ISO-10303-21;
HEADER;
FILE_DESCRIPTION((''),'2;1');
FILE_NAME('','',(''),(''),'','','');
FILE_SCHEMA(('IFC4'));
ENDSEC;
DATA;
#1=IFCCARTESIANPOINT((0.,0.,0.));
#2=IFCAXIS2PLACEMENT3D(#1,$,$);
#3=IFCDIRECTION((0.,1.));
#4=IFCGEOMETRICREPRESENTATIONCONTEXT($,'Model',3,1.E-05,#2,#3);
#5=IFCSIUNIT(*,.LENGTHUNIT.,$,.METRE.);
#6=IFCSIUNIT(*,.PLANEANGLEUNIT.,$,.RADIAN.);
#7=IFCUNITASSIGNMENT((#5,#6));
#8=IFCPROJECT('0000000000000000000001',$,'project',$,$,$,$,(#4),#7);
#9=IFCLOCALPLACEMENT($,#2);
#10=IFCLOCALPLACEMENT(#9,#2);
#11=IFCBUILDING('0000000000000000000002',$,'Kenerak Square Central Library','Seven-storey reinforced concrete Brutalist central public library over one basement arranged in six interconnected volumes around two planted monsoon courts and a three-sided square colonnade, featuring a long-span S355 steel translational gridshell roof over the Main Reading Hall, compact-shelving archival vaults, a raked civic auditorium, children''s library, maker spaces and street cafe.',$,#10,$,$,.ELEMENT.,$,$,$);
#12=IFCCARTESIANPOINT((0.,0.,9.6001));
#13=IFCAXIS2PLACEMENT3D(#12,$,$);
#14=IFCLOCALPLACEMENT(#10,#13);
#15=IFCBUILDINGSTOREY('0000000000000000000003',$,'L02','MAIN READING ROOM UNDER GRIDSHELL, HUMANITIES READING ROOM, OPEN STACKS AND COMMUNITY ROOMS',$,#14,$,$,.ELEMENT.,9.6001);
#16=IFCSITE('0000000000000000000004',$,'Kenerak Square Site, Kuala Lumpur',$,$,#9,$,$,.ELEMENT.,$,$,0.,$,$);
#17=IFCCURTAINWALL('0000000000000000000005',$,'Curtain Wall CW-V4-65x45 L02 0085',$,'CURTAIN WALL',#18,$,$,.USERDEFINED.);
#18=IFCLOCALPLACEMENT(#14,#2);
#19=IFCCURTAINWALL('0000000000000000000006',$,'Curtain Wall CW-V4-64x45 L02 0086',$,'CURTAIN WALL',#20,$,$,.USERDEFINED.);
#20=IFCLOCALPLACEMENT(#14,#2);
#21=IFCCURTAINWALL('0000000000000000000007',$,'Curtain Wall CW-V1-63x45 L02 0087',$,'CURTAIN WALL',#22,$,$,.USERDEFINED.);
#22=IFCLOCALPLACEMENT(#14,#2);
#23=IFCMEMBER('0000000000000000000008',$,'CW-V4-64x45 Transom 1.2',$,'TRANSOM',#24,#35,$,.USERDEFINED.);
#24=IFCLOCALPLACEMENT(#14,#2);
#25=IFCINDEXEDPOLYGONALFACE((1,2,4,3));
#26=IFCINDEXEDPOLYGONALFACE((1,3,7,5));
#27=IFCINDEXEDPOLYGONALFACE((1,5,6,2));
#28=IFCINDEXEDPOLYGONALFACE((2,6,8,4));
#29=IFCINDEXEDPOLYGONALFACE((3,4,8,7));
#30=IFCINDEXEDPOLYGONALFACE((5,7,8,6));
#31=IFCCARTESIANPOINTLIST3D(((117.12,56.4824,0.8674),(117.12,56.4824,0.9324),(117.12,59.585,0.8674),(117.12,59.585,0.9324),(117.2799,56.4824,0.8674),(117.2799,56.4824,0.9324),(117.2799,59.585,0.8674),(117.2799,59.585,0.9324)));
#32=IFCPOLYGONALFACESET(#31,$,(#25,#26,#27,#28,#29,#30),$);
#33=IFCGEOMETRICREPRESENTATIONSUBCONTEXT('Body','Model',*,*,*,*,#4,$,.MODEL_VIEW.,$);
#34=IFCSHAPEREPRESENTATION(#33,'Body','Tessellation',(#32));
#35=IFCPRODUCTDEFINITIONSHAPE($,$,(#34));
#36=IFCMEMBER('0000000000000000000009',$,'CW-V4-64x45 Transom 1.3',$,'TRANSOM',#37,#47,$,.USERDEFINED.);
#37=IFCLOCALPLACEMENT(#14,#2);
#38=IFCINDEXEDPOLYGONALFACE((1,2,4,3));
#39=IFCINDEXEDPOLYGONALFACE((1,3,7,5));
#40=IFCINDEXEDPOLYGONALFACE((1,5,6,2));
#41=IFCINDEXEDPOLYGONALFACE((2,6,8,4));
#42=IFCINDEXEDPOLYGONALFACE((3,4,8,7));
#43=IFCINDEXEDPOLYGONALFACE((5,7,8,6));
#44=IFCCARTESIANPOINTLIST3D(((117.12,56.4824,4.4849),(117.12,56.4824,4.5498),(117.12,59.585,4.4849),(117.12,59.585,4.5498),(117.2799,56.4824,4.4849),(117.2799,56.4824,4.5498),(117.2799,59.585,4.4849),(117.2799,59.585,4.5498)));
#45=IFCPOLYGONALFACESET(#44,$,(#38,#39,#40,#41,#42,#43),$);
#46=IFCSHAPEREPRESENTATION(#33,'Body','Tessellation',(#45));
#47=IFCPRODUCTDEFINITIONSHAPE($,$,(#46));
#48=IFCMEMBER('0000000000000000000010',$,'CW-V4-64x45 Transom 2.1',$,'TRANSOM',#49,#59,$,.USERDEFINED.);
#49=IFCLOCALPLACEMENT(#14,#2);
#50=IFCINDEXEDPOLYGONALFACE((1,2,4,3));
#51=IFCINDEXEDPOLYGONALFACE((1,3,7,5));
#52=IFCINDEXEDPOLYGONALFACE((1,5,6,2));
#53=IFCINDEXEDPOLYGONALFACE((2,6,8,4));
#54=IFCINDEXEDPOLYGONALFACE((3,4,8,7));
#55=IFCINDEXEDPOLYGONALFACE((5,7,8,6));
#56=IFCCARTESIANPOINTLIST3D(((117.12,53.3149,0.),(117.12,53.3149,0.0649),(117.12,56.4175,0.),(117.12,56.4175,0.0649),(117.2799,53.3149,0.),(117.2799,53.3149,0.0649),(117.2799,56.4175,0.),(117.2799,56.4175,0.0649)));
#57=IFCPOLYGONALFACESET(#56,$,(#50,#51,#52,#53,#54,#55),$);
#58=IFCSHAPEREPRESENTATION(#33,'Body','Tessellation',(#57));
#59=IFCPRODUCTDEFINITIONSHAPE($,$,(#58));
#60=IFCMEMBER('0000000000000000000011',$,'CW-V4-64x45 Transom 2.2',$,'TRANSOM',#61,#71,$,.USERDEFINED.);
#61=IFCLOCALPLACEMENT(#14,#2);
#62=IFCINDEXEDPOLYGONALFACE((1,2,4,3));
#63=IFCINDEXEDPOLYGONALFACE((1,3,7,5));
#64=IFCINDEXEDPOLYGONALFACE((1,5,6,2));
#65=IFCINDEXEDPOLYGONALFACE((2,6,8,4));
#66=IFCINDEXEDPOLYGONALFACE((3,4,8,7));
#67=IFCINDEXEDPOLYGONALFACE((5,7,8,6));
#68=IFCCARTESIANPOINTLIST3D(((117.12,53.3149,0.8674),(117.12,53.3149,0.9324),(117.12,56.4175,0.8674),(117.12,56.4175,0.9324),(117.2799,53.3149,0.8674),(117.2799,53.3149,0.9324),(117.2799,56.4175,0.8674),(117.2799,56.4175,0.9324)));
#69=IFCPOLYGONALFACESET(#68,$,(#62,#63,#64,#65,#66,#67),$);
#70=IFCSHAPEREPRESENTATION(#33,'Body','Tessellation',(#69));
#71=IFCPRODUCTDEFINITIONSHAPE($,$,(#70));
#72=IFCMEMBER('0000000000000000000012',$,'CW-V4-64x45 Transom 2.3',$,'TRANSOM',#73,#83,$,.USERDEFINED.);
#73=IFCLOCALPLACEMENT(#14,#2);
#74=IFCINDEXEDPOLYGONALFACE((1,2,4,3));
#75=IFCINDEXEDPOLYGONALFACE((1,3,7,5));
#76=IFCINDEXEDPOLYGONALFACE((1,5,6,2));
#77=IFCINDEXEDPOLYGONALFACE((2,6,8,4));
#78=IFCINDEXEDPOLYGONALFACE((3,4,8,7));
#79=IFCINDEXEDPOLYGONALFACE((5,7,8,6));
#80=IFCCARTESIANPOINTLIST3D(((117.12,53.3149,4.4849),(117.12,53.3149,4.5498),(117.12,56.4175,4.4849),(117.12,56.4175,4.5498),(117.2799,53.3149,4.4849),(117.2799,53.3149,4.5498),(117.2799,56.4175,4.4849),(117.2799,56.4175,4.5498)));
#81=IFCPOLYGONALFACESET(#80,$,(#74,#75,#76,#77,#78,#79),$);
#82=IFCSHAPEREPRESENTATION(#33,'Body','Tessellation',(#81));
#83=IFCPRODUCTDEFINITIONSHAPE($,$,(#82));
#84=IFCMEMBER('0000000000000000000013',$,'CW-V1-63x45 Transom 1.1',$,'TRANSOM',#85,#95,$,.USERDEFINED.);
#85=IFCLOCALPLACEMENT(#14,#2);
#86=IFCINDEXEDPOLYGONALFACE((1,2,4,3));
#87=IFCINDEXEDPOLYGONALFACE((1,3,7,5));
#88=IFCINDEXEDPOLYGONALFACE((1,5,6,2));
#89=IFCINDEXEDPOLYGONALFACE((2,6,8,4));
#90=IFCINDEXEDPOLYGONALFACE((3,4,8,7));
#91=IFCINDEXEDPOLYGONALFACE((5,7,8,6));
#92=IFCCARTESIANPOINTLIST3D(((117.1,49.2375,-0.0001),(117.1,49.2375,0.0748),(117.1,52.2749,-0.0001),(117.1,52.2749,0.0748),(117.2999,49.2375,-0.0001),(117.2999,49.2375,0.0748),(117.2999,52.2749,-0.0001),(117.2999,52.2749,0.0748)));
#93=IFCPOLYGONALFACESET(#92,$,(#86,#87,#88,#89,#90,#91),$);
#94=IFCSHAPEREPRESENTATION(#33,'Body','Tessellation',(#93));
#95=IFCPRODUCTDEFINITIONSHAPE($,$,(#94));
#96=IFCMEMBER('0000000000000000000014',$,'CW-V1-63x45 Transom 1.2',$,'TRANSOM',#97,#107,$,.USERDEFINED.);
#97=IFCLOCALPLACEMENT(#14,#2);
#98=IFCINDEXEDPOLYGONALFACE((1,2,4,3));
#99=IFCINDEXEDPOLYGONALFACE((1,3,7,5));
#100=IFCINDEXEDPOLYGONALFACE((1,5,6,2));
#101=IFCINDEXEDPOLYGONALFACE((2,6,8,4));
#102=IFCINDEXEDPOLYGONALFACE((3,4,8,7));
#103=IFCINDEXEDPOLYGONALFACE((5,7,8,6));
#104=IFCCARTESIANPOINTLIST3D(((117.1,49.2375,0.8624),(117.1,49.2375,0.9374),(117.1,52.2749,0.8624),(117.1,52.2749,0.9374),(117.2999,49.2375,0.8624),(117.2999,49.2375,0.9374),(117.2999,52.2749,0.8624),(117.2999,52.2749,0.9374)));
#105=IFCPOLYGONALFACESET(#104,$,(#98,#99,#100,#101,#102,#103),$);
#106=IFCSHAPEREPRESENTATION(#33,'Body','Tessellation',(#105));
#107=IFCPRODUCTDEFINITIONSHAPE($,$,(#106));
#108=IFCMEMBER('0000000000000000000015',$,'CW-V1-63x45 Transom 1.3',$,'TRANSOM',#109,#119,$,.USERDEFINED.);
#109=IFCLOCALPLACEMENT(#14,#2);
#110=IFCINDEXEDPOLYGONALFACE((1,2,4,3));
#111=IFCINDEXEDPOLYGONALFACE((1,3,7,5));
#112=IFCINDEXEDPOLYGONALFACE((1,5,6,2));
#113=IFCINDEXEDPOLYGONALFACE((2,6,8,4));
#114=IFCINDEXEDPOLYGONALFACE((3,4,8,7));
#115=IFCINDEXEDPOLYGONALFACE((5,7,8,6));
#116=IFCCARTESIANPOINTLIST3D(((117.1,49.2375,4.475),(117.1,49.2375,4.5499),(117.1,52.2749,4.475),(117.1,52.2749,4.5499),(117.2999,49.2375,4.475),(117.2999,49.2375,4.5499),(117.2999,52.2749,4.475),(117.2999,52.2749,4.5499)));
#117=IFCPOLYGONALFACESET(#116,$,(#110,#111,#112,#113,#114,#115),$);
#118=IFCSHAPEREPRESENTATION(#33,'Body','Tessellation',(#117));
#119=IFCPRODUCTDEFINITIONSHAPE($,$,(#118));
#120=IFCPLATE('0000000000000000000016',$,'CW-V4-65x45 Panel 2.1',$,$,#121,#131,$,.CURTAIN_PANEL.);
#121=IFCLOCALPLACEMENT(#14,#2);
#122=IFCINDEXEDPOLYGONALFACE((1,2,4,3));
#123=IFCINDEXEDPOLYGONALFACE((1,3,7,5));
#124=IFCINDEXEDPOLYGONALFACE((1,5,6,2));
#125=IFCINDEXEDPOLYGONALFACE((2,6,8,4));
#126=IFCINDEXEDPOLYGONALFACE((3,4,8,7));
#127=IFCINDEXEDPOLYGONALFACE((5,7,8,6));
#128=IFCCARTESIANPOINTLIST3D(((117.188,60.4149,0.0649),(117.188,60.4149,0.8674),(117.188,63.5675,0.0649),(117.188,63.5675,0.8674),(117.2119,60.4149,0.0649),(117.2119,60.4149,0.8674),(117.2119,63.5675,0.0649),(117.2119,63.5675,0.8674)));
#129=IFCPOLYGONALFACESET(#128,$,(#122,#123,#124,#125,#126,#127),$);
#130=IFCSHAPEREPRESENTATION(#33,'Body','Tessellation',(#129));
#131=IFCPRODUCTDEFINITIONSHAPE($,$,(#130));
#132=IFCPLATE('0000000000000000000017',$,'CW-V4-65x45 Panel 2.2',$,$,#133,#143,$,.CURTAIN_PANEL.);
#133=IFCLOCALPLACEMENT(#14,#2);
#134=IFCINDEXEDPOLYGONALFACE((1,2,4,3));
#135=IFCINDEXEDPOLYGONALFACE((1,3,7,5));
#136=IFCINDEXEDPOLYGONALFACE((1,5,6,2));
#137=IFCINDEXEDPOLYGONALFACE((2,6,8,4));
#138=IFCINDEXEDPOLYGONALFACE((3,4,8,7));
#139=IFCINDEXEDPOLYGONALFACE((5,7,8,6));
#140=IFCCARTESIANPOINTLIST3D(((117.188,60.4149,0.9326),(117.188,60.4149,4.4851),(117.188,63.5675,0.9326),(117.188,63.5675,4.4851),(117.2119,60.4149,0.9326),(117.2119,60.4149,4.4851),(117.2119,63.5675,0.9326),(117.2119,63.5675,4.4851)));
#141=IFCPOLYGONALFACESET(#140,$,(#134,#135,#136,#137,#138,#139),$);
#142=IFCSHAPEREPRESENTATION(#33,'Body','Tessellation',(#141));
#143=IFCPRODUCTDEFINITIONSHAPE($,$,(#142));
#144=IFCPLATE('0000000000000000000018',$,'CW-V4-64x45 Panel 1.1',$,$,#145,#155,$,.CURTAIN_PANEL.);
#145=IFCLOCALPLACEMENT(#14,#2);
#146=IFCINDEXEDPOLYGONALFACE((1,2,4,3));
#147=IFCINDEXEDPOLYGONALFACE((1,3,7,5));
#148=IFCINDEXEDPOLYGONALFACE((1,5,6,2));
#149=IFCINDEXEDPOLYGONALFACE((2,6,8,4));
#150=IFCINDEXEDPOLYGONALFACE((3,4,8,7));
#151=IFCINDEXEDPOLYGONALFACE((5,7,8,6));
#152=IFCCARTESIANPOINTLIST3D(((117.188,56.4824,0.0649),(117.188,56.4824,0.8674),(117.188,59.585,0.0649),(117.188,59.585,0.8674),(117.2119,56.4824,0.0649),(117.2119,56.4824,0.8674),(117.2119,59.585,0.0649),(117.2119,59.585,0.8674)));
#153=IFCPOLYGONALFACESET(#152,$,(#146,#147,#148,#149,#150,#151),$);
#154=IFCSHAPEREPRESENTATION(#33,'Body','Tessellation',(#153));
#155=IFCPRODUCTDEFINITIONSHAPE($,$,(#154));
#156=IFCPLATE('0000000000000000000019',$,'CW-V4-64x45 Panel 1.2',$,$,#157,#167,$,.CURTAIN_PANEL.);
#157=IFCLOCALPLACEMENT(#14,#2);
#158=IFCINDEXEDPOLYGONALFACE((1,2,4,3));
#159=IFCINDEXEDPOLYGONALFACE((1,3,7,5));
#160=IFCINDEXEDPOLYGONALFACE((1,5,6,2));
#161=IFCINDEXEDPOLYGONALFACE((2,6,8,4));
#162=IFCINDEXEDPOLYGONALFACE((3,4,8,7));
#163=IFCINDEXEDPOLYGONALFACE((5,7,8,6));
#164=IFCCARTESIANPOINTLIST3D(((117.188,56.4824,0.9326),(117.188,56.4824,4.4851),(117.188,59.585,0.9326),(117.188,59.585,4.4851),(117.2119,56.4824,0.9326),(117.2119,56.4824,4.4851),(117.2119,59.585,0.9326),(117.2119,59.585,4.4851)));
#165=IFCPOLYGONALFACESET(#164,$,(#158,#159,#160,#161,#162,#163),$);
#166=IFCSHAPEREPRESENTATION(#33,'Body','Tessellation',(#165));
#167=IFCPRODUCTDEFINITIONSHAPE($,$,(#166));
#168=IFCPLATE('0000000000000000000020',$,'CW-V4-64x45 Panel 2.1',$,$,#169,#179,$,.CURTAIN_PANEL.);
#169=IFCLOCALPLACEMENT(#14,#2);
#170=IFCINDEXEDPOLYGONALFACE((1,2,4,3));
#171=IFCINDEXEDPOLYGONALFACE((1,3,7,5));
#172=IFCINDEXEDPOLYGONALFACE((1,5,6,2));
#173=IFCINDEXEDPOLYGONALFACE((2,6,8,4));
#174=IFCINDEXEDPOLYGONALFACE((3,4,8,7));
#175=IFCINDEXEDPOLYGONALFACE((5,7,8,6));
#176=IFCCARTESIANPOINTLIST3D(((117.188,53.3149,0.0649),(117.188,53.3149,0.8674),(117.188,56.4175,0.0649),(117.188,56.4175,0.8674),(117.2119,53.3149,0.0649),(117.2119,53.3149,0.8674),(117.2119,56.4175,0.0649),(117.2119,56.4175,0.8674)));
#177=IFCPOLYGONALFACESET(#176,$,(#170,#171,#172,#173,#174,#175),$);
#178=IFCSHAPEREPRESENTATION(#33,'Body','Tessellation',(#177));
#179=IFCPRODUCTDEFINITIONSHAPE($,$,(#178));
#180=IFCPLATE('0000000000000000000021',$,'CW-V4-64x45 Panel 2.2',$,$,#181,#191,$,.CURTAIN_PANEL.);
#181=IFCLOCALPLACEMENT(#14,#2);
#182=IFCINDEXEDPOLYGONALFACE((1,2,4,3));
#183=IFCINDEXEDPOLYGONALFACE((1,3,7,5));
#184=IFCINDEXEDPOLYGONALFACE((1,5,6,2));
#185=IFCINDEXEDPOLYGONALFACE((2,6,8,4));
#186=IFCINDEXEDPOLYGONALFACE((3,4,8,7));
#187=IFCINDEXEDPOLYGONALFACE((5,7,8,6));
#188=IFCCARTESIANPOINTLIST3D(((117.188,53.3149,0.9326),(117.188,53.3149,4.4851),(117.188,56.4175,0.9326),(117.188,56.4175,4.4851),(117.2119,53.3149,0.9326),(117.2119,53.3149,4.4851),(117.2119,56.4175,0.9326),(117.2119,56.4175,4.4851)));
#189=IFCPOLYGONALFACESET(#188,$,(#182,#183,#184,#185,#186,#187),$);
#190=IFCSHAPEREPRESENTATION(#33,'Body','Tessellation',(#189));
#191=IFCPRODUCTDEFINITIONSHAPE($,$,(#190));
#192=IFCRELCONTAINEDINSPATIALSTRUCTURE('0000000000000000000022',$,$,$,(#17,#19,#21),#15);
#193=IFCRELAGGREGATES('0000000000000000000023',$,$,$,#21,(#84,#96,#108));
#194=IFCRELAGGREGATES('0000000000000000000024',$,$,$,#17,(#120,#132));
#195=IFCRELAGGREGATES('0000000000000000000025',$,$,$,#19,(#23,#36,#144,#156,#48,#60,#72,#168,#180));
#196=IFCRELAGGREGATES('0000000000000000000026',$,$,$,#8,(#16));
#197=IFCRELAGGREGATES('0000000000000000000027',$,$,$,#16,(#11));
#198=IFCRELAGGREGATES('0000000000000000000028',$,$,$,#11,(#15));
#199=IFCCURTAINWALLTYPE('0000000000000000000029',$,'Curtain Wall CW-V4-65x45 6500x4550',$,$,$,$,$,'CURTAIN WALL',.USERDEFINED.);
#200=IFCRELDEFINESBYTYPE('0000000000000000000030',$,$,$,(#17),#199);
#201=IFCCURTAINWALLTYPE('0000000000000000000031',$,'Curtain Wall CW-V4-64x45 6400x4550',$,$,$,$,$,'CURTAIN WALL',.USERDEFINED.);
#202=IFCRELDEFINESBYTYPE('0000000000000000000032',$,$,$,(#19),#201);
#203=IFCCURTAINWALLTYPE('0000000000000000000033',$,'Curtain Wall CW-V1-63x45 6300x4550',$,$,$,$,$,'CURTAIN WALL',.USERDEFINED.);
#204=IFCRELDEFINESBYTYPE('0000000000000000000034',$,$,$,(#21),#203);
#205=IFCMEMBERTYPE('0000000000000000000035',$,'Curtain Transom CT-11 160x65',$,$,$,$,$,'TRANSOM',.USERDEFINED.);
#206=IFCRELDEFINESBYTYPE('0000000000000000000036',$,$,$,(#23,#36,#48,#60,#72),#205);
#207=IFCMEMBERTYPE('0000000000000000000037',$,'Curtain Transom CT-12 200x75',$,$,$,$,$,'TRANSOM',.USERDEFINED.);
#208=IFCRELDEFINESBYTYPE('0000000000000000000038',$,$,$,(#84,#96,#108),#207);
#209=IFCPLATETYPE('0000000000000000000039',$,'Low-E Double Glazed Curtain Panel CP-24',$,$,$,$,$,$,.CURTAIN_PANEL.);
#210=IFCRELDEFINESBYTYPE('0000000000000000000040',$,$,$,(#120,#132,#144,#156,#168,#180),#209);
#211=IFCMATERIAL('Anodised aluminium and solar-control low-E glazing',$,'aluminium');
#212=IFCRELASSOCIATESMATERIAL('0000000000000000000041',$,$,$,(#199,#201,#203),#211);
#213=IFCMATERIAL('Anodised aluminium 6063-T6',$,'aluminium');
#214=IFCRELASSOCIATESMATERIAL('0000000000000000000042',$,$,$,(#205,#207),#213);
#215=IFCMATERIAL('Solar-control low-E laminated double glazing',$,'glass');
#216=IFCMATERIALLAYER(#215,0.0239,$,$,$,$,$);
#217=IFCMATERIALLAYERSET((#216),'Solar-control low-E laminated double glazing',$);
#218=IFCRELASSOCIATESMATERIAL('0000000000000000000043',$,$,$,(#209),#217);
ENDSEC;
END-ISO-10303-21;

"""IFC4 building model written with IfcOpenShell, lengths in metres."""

from ifc_helpers import new_model, si_unit, direction, frame, origin, origin_2d, place, context, subcontext, project, spatial, rectangle, extrude, material, layer, layer_set, material_profile, profile_set, type_object, element, aggregate, save


model = new_model("IFC4")

# Units and contexts
model_context = context("Model", 3, precision=1e-05, world=origin(), true_north=direction((0.0, 1.0)))
body_context = subcontext(model_context, "Body", "Model", "MODEL_VIEW")
ifc_project = project(units=[si_unit("LENGTHUNIT", "METRE"), si_unit("PLANEANGLEUNIT", "RADIAN")], contexts=[model_context])

# Site, building, storey
site_placement = place(None, origin())
site = spatial("IfcSite", under=ifc_project, at=site_placement, Name="Kenerak Square Site, Kuala Lumpur", CompositionType="ELEMENT", RefElevation=0.0)
building_placement = place(site_placement, origin())
building = spatial("IfcBuilding", under=site, at=building_placement, Name="Kenerak Square Central Library", Description="Seven-storey reinforced concrete Brutalist central public library over one basement arranged in six interconnected volumes around two planted monsoon courts and a three-sided square colonnade, featuring a long-span S355 steel translational gridshell roof over the Main Reading Hall, compact-shelving archival vaults, a raked civic auditorium, children's library, maker spaces and street cafe.", CompositionType="ELEMENT")
storey_placement = place(building_placement, frame((0.0, 0.0, 9.6001)))
storey = spatial("IfcBuildingStorey", under=building, at=storey_placement, Name="L02", Description="MAIN READING ROOM UNDER GRIDSHELL, HUMANITIES READING ROOM, OPEN STACKS AND COMMUNITY ROOMS", CompositionType="ELEMENT", Elevation=9.6001)

# Curtain walls
ifc_material_1 = material(Name="Anodised aluminium and solar-control low-E glazing", Category="aluminium")
curtain_wall_type_1 = type_object("IfcCurtainWallType", Name="Curtain Wall CW-V4-65x45 6500x4550", ElementType="CURTAIN WALL", PredefinedType="USERDEFINED", material=ifc_material_1)
curtain_wall_1_placement = place(storey_placement, origin())
curtain_wall_1 = element("IfcCurtainWall", 1, at=curtain_wall_1_placement, inside=storey, type_object=curtain_wall_type_1, Name="Curtain Wall CW-V4-65x45 L02 0085", ObjectType="CURTAIN WALL", PredefinedType="USERDEFINED")
ifc_material_2 = material(Name="Anodised aluminium 6063-T6", Category="aluminium")
curtain_wall_type_2 = type_object("IfcCurtainWallType", Name="Curtain Wall CW-V4-64x45 6400x4550", ElementType="CURTAIN WALL", PredefinedType="USERDEFINED", material=ifc_material_1)
curtain_wall_2_placement = place(storey_placement, origin())
curtain_wall_2 = element("IfcCurtainWall", 2, at=curtain_wall_2_placement, inside=storey, type_object=curtain_wall_type_2, Name="Curtain Wall CW-V4-64x45 L02 0086", ObjectType="CURTAIN WALL", PredefinedType="USERDEFINED")

# Curtain wall
curtain_wall_type_3 = type_object("IfcCurtainWallType", Name="Curtain Wall CW-V1-63x45 6300x4550", ElementType="CURTAIN WALL", PredefinedType="USERDEFINED", material=ifc_material_1)
curtain_wall_3_placement = place(storey_placement, origin())
curtain_wall_3 = element("IfcCurtainWall", 3, at=curtain_wall_3_placement, inside=storey, type_object=curtain_wall_type_3, Name="Curtain Wall CW-V1-63x45 L02 0087", ObjectType="CURTAIN WALL", PredefinedType="USERDEFINED")

# Members
ifc_material_profile_1 = material_profile(ifc_material_2, rectangle(XDim=0.1599, YDim=0.0649, at=origin_2d()), Name="AL TRANSOM 160x65")
ifc_profile_set_1 = profile_set([ifc_material_profile_1], Name="Anodised aluminium 6063-T6")
member_type_1 = type_object("IfcMemberType", Name="Curtain Transom CT-11 160x65", ElementType="TRANSOM", PredefinedType="USERDEFINED", material=ifc_profile_set_1)
member_1_placement = place(storey_placement, frame((117.2, 59.585, 0.8999), z_axis=(0.0, -1.0, 0.0), x_axis=(1.0, 0.0, 0.0)))
member_1 = element("IfcMember", 4, at=member_1_placement, type_object=member_type_1, Name="CW-V4-64x45 Transom 1.2", ObjectType="TRANSOM", PredefinedType="USERDEFINED", context=body_context, shape_type="SweptSolid", body=[
    extrude(rectangle(XDim=0.1599, YDim=0.0649, at=origin_2d()), origin(), (0.0, 0.0, 1.0), 3.1025),
])
member_2_placement = place(storey_placement, frame((117.2, 59.585, 4.5173), z_axis=(0.0, -1.0, 0.0), x_axis=(1.0, 0.0, 0.0)))
member_2 = element("IfcMember", 5, at=member_2_placement, type_object=member_type_1, Name="CW-V4-64x45 Transom 1.3", ObjectType="TRANSOM", PredefinedType="USERDEFINED", context=body_context, shape_type="SweptSolid", body=[
    extrude(rectangle(XDim=0.1599, YDim=0.0649, at=origin_2d()), origin(), (0.0, 0.0, 1.0), 3.1025),
])
member_3_placement = place(storey_placement, frame((117.2, 56.4175, 0.0325), z_axis=(0.0, -1.0, 0.0), x_axis=(1.0, 0.0, 0.0)))
member_3 = element("IfcMember", 6, at=member_3_placement, type_object=member_type_1, Name="CW-V4-64x45 Transom 2.1", ObjectType="TRANSOM", PredefinedType="USERDEFINED", context=body_context, shape_type="SweptSolid", body=[
    extrude(rectangle(XDim=0.1599, YDim=0.0649, at=origin_2d()), origin(), (0.0, 0.0, 1.0), 3.1025),
])
member_4_placement = place(storey_placement, frame((117.2, 56.4175, 0.8999), z_axis=(0.0, -1.0, 0.0), x_axis=(1.0, 0.0, 0.0)))
member_4 = element("IfcMember", 7, at=member_4_placement, type_object=member_type_1, Name="CW-V4-64x45 Transom 2.2", ObjectType="TRANSOM", PredefinedType="USERDEFINED", context=body_context, shape_type="SweptSolid", body=[
    extrude(rectangle(XDim=0.1599, YDim=0.0649, at=origin_2d()), origin(), (0.0, 0.0, 1.0), 3.1025),
])
member_5_placement = place(storey_placement, frame((117.2, 56.4175, 4.5173), z_axis=(0.0, -1.0, 0.0), x_axis=(1.0, 0.0, 0.0)))
member_5 = element("IfcMember", 8, at=member_5_placement, type_object=member_type_1, Name="CW-V4-64x45 Transom 2.3", ObjectType="TRANSOM", PredefinedType="USERDEFINED", context=body_context, shape_type="SweptSolid", body=[
    extrude(rectangle(XDim=0.1599, YDim=0.0649, at=origin_2d()), origin(), (0.0, 0.0, 1.0), 3.1025),
])
ifc_material_profile_2 = material_profile(ifc_material_2, rectangle(XDim=0.2, YDim=0.075, at=origin_2d()), Name="AL TRANSOM 200x75")
ifc_profile_set_2 = profile_set([ifc_material_profile_2], Name="Anodised aluminium 6063-T6")
member_type_2 = type_object("IfcMemberType", Name="Curtain Transom CT-12 200x75", ElementType="TRANSOM", PredefinedType="USERDEFINED", material=ifc_profile_set_2)
member_6_placement = place(storey_placement, frame((117.2, 52.2749, 0.0374), z_axis=(0.0, -1.0, 0.0), x_axis=(1.0, 0.0, 0.0)))
member_6 = element("IfcMember", 9, at=member_6_placement, type_object=member_type_2, Name="CW-V1-63x45 Transom 1.1", ObjectType="TRANSOM", PredefinedType="USERDEFINED", context=body_context, shape_type="SweptSolid", body=[
    extrude(rectangle(XDim=0.2, YDim=0.075, at=origin_2d()), origin(), (0.0, 0.0, 1.0), 3.0374),
])
member_7_placement = place(storey_placement, frame((117.2, 52.2749, 0.8999), z_axis=(0.0, -1.0, 0.0), x_axis=(1.0, 0.0, 0.0)))
member_7 = element("IfcMember", 10, at=member_7_placement, type_object=member_type_2, Name="CW-V1-63x45 Transom 1.2", ObjectType="TRANSOM", PredefinedType="USERDEFINED", context=body_context, shape_type="SweptSolid", body=[
    extrude(rectangle(XDim=0.2, YDim=0.075, at=origin_2d()), origin(), (0.0, 0.0, 1.0), 3.0374),
])
member_8_placement = place(storey_placement, frame((117.2, 52.2749, 4.5125), z_axis=(0.0, -1.0, 0.0), x_axis=(1.0, 0.0, 0.0)))
member_8 = element("IfcMember", 11, at=member_8_placement, type_object=member_type_2, Name="CW-V1-63x45 Transom 1.3", ObjectType="TRANSOM", PredefinedType="USERDEFINED", context=body_context, shape_type="SweptSolid", body=[
    extrude(rectangle(XDim=0.2, YDim=0.075, at=origin_2d()), origin(), (0.0, 0.0, 1.0), 3.0374),
])
aggregate(curtain_wall_3, [member_6, member_7, member_8])

# Plates
ifc_material_3 = material(Name="Solar-control low-E laminated double glazing", Category="glass")
ifc_layer = layer(ifc_material_3, 0.0239)
ifc_layer_set = layer_set([ifc_layer], Name="Solar-control low-E laminated double glazing")
plate_type = type_object("IfcPlateType", Name="Low-E Double Glazed Curtain Panel CP-24", PredefinedType="CURTAIN_PANEL", material=ifc_layer_set)
plate_1_placement = place(storey_placement, frame((117.2, 61.9912, 0.0649), z_axis=(0.0, 0.0, 1.0), x_axis=(0.0, -1.0, 0.0)))
plate_1 = element("IfcPlate", 12, at=plate_1_placement, type_object=plate_type, Name="CW-V4-65x45 Panel 2.1", PredefinedType="CURTAIN_PANEL", context=body_context, shape_type="SweptSolid", body=[
    extrude(rectangle(XDim=3.1526, YDim=0.0239, at=origin_2d()), origin(), (0.0, 0.0, 1.0), 0.8025),
])
plate_2_placement = place(storey_placement, frame((117.2, 61.9912, 0.9326), z_axis=(0.0, 0.0, 1.0), x_axis=(0.0, -1.0, 0.0)))
plate_2 = element("IfcPlate", 13, at=plate_2_placement, type_object=plate_type, Name="CW-V4-65x45 Panel 2.2", PredefinedType="CURTAIN_PANEL", context=body_context, shape_type="SweptSolid", body=[
    extrude(rectangle(XDim=3.1526, YDim=0.0239, at=origin_2d()), origin(), (0.0, 0.0, 1.0), 3.5525),
])
aggregate(curtain_wall_1, [plate_1, plate_2])
plate_3_placement = place(storey_placement, frame((117.2, 58.0337, 0.0649), z_axis=(0.0, 0.0, 1.0), x_axis=(0.0, -1.0, 0.0)))
plate_3 = element("IfcPlate", 14, at=plate_3_placement, type_object=plate_type, Name="CW-V4-64x45 Panel 1.1", PredefinedType="CURTAIN_PANEL", context=body_context, shape_type="SweptSolid", body=[
    extrude(rectangle(XDim=3.1025, YDim=0.0239, at=origin_2d()), origin(), (0.0, 0.0, 1.0), 0.8025),
])
plate_4_placement = place(storey_placement, frame((117.2, 58.0337, 0.9326), z_axis=(0.0, 0.0, 1.0), x_axis=(0.0, -1.0, 0.0)))
plate_4 = element("IfcPlate", 15, at=plate_4_placement, type_object=plate_type, Name="CW-V4-64x45 Panel 1.2", PredefinedType="CURTAIN_PANEL", context=body_context, shape_type="SweptSolid", body=[
    extrude(rectangle(XDim=3.1025, YDim=0.0239, at=origin_2d()), origin(), (0.0, 0.0, 1.0), 3.5525),
])
plate_5_placement = place(storey_placement, frame((117.2, 54.8662, 0.0649), z_axis=(0.0, 0.0, 1.0), x_axis=(0.0, -1.0, 0.0)))
plate_5 = element("IfcPlate", 16, at=plate_5_placement, type_object=plate_type, Name="CW-V4-64x45 Panel 2.1", PredefinedType="CURTAIN_PANEL", context=body_context, shape_type="SweptSolid", body=[
    extrude(rectangle(XDim=3.1025, YDim=0.0239, at=origin_2d()), origin(), (0.0, 0.0, 1.0), 0.8025),
])
plate_6_placement = place(storey_placement, frame((117.2, 54.8662, 0.9326), z_axis=(0.0, 0.0, 1.0), x_axis=(0.0, -1.0, 0.0)))
plate_6 = element("IfcPlate", 17, at=plate_6_placement, type_object=plate_type, Name="CW-V4-64x45 Panel 2.2", PredefinedType="CURTAIN_PANEL", context=body_context, shape_type="SweptSolid", body=[
    extrude(rectangle(XDim=3.1025, YDim=0.0239, at=origin_2d()), origin(), (0.0, 0.0, 1.0), 3.5525),
])
aggregate(curtain_wall_2, [member_1, member_2, plate_3, plate_4, member_3, member_4, member_5, plate_5, plate_6])

save(model, "model.ifc")
